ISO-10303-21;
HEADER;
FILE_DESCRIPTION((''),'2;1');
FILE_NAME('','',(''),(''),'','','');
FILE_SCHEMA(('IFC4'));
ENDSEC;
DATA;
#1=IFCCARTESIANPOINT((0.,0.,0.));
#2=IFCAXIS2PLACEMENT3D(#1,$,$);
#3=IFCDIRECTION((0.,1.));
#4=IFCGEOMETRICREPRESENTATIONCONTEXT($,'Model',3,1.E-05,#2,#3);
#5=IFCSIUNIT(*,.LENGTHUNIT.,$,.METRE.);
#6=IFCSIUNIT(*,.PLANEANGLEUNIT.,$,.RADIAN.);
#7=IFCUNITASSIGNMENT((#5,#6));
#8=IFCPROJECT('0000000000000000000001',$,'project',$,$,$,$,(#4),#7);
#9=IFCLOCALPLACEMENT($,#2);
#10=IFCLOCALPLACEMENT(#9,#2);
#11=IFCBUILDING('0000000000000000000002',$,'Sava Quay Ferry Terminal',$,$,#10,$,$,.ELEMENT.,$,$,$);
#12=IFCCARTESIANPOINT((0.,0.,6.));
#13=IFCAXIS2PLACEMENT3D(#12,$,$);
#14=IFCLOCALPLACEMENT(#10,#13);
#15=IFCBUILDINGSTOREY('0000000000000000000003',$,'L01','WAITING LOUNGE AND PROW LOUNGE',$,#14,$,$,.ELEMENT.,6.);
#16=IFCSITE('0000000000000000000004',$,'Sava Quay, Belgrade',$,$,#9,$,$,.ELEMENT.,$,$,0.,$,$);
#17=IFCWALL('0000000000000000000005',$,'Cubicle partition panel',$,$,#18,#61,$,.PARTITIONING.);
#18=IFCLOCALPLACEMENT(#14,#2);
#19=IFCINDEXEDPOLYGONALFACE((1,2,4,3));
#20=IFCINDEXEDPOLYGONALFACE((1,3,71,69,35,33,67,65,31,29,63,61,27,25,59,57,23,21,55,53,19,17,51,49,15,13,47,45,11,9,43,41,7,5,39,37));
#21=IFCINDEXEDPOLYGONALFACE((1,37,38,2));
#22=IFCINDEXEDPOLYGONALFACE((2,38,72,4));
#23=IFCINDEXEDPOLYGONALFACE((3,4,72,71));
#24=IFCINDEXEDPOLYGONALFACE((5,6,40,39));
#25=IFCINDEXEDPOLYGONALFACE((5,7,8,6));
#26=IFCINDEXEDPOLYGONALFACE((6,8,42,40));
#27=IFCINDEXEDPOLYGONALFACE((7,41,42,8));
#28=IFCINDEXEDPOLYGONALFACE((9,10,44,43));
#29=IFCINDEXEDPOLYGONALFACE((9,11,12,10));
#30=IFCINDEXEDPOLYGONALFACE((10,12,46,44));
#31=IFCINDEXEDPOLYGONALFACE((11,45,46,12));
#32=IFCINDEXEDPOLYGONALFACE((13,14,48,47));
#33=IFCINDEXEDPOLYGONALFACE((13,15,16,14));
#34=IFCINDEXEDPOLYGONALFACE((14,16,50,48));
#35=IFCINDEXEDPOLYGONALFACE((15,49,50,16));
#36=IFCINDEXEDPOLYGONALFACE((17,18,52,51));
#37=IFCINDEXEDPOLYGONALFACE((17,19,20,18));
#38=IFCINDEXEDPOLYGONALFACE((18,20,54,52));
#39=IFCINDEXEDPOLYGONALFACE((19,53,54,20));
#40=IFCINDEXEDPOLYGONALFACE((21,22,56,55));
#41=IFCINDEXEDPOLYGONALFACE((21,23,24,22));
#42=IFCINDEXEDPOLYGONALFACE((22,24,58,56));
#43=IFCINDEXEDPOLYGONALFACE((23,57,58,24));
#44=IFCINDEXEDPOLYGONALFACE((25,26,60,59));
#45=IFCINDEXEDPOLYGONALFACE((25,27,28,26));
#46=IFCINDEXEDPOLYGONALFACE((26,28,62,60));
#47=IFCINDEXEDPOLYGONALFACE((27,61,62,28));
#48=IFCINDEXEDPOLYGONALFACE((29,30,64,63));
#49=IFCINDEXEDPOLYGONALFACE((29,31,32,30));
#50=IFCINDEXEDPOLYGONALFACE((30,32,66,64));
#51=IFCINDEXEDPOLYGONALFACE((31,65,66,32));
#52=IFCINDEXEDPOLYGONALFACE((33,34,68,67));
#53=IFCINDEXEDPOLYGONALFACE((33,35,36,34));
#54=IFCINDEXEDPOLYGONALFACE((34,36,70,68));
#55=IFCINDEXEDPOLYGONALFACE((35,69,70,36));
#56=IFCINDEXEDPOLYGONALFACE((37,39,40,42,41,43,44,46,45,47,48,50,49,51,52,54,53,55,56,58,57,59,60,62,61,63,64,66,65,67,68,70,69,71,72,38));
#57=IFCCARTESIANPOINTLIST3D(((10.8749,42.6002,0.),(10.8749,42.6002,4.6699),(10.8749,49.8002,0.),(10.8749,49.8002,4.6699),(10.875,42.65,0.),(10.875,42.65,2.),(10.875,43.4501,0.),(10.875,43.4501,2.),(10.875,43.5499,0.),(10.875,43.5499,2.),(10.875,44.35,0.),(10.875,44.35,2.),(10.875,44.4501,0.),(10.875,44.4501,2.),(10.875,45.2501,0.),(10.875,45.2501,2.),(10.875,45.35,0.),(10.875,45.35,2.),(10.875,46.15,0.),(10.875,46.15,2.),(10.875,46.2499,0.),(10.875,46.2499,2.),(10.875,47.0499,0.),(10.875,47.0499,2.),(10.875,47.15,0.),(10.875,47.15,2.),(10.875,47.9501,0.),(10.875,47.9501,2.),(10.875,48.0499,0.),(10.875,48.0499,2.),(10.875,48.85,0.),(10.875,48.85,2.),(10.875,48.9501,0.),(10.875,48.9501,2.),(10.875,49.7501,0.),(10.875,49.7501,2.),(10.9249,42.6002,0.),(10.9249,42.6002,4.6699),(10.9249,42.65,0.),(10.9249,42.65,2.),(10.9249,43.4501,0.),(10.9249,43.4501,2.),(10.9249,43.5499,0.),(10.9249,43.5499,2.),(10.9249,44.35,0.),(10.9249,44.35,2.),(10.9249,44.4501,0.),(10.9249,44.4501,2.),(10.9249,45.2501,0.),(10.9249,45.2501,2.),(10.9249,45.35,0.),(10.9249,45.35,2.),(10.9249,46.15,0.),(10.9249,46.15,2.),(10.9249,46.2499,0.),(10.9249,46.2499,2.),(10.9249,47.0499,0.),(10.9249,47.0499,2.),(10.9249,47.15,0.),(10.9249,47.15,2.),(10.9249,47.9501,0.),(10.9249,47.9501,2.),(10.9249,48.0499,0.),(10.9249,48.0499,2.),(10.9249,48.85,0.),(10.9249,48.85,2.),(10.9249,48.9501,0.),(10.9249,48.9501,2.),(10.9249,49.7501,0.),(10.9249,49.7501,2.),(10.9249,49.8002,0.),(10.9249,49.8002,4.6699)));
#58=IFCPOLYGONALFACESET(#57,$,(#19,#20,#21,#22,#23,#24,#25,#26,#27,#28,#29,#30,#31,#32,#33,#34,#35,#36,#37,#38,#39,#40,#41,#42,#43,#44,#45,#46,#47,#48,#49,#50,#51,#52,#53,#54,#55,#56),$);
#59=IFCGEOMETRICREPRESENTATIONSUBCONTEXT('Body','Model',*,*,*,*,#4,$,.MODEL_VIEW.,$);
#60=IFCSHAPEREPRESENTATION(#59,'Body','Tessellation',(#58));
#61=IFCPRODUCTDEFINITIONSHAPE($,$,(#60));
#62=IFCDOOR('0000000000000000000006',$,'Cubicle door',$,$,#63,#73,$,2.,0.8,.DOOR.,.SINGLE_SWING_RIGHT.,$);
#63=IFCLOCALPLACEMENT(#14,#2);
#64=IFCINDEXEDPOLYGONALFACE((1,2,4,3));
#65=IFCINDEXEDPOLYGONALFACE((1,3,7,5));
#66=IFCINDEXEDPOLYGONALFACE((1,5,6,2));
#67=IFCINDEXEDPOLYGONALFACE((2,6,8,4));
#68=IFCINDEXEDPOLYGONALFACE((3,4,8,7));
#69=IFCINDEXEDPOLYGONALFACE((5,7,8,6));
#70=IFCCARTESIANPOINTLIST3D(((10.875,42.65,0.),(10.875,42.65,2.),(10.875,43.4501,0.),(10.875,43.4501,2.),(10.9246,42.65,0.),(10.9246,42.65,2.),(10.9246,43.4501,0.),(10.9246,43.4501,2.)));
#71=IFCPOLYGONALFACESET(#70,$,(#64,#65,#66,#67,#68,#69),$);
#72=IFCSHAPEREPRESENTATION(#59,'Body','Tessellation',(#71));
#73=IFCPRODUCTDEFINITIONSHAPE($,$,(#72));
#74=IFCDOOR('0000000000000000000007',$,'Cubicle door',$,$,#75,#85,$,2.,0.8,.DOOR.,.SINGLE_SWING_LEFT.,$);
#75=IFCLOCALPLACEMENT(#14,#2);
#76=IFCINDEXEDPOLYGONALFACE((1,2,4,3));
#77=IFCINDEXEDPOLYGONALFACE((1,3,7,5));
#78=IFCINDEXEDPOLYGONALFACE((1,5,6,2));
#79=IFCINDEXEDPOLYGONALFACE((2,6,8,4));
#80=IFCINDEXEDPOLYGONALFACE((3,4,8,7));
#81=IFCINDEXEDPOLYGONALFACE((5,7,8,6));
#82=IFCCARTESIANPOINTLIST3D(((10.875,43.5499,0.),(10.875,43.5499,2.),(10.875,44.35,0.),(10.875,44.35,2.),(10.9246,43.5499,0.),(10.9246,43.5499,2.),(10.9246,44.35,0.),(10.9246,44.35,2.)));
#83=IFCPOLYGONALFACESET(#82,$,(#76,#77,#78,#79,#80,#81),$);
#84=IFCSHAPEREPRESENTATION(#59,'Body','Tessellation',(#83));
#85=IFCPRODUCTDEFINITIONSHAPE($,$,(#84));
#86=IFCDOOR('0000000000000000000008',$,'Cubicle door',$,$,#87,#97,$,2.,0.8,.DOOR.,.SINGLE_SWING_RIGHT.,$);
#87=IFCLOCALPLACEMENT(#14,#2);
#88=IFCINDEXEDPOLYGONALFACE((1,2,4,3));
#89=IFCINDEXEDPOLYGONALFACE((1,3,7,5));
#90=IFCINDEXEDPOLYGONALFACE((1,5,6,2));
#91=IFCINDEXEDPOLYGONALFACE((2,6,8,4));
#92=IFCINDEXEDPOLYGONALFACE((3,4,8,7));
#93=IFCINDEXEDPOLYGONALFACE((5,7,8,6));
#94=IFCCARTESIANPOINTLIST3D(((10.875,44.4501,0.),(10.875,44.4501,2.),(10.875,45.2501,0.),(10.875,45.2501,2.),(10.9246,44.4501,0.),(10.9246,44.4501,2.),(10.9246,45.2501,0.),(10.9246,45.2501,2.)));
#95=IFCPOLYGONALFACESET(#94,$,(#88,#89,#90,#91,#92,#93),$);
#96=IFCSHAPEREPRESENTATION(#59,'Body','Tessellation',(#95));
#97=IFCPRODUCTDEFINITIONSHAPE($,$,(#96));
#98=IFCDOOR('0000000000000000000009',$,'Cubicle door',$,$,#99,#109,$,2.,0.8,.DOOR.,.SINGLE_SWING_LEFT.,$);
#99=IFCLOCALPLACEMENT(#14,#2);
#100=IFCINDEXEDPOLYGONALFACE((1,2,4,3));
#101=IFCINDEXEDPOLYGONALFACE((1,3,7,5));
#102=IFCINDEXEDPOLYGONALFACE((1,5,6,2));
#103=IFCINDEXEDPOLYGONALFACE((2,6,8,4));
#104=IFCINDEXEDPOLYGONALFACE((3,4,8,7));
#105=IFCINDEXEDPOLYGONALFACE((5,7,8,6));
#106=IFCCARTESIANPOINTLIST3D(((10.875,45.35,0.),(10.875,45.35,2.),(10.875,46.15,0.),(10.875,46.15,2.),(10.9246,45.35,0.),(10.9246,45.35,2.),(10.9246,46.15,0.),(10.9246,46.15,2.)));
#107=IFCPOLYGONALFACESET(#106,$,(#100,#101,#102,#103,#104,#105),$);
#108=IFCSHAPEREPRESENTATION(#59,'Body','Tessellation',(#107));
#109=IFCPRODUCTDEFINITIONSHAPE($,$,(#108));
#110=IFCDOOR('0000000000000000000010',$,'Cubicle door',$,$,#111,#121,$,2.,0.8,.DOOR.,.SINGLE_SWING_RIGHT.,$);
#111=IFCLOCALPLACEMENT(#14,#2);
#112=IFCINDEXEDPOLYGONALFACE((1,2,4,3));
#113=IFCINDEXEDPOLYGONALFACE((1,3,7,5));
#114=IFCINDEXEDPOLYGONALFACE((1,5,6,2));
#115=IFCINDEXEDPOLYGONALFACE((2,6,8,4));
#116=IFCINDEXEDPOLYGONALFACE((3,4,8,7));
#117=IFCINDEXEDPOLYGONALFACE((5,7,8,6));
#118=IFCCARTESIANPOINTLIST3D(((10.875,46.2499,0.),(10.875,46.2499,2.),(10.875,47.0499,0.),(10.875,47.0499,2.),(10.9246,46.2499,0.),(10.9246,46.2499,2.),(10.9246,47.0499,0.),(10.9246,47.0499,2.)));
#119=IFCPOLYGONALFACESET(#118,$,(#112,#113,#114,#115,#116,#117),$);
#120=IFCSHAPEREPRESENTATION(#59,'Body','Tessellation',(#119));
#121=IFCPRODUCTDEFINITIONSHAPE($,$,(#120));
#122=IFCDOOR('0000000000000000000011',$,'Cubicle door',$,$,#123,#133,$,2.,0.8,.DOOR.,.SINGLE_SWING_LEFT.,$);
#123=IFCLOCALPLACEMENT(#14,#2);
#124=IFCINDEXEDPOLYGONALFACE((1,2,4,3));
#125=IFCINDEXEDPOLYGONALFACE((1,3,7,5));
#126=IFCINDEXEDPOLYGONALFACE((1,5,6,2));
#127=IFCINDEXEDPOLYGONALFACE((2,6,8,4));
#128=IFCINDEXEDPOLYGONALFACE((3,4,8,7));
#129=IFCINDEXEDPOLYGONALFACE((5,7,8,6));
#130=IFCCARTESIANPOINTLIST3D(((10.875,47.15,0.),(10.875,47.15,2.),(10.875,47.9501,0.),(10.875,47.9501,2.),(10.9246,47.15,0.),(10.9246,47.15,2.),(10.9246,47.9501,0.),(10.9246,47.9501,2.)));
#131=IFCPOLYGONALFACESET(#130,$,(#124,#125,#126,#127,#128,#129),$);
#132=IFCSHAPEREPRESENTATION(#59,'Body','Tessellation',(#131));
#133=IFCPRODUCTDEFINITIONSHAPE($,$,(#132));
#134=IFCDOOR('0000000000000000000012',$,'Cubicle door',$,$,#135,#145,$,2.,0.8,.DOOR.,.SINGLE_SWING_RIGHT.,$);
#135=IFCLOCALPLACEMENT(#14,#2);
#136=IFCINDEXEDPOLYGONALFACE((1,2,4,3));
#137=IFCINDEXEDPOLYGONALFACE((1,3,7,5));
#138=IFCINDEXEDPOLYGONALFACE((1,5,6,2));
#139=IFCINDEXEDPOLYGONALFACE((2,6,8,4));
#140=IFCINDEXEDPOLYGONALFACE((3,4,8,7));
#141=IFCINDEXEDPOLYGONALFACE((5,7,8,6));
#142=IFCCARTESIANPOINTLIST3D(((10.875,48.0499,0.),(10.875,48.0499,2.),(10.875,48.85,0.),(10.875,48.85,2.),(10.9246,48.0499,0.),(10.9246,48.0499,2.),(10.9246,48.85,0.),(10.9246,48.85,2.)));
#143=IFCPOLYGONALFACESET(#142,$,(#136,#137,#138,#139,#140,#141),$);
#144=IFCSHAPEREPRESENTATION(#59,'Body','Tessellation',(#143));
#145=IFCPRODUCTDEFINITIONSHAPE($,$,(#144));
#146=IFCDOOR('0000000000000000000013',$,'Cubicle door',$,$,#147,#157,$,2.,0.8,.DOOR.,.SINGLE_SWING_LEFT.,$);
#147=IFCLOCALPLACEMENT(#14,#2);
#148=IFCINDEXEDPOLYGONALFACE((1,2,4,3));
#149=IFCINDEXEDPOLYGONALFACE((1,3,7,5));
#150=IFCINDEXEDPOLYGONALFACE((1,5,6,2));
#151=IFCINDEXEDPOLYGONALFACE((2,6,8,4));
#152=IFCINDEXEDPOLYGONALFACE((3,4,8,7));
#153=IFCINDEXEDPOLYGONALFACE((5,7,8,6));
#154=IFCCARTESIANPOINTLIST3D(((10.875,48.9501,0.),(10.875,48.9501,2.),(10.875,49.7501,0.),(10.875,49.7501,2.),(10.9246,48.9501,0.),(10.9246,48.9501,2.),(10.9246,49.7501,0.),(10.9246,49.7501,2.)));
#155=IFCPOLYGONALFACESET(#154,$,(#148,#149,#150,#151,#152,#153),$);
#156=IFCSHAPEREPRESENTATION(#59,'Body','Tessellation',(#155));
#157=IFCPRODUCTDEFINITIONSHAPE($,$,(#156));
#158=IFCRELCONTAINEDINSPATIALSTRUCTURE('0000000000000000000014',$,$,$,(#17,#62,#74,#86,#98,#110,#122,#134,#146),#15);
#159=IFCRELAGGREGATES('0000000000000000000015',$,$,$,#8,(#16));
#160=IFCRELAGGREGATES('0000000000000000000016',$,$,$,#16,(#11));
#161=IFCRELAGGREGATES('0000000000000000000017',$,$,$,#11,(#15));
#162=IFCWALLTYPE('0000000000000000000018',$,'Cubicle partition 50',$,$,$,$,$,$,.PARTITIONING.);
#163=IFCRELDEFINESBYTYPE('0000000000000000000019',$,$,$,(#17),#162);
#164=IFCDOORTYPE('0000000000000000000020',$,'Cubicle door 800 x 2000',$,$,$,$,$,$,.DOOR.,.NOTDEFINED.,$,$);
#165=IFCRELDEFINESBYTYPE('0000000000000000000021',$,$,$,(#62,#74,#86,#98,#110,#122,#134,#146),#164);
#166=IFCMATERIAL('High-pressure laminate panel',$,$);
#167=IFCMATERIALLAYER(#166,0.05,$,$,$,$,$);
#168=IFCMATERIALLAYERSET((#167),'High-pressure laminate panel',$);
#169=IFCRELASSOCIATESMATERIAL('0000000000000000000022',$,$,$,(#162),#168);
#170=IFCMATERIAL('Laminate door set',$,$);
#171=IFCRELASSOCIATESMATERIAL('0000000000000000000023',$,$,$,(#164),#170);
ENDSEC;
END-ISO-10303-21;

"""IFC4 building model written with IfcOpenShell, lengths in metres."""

from ifc_helpers import new_model, si_unit, direction, frame, frame_2d, origin, place, context, subcontext, project, spatial, rectangle, extrude, material, layer, layer_set, type_object, element, fill, save


model = new_model("IFC4")

# Units and contexts
model_context = context("Model", 3, precision=1e-05, world=origin(), true_north=direction((0.0, 1.0)))
body_context = subcontext(model_context, "Body", "Model", "MODEL_VIEW")
ifc_project = project(units=[si_unit("LENGTHUNIT", "METRE"), si_unit("PLANEANGLEUNIT", "RADIAN")], contexts=[model_context])

# Site, building, storey
site_placement = place(None, origin())
site = spatial("IfcSite", under=ifc_project, at=site_placement, Name="Sava Quay, Belgrade", CompositionType="ELEMENT", RefElevation=0.0)
building_placement = place(site_placement, origin())
building = spatial("IfcBuilding", under=site, at=building_placement, Name="Sava Quay Ferry Terminal", CompositionType="ELEMENT")
storey_placement = place(building_placement, frame((0.0, 0.0, 6.0)))
storey = spatial("IfcBuildingStorey", under=building, at=storey_placement, Name="L01", Description="WAITING LOUNGE AND PROW LOUNGE", CompositionType="ELEMENT", Elevation=6.0)

# Wall, openings, doors
ifc_material_1 = material(Name="High-pressure laminate panel")
ifc_layer_1 = layer(ifc_material_1, 0.05)
ifc_layer_set_1 = layer_set([ifc_layer_1], Name="High-pressure laminate panel")
wall_type_1 = type_object("IfcWallType", Name="Cubicle partition 50", PredefinedType="PARTITIONING", material=ifc_layer_set_1)
wall_1_placement = place(storey_placement, frame((10.8999, 42.6001, 0.0), z_axis=(0.0, 0.0, 1.0), x_axis=(0.0, 1.0, 0.0)))
wall_1 = element("IfcWall", 1, at=wall_1_placement, inside=storey, type_object=wall_type_1, Name="Cubicle partition panel", PredefinedType="PARTITIONING", context=body_context, shape_type="SweptSolid", body=[
    extrude(rectangle(XDim=7.2, YDim=0.05, at=frame_2d((3.6001, 0.0))), origin(), (0.0, 0.0, 1.0), 4.6699),
])
opening_1_placement = place(wall_1_placement, frame((0.05, 0.0, 0.0)))
opening_1 = element("IfcOpeningElement", 2, at=opening_1_placement, cuts=wall_1, PredefinedType="OPENING", context=body_context, shape_type="SweptSolid", body=[
    extrude(rectangle(XDim=0.8, YDim=2.0, at=frame_2d((0.3999, 1.0))), frame((0.0, 0.0249, 0.0), z_axis=(0.0, -1.0, 0.0), x_axis=(1.0, 0.0, 0.0)), (0.0, 0.0, 1.0), 0.05),
])
opening_2_placement = place(wall_1_placement, frame((0.95, 0.0, 0.0)))
opening_2 = element("IfcOpeningElement", 3, at=opening_2_placement, cuts=wall_1, PredefinedType="OPENING", context=body_context, shape_type="SweptSolid", body=[
    extrude(rectangle(XDim=0.8, YDim=2.0, at=frame_2d((0.3999, 1.0))), frame((0.0, 0.0249, 0.0), z_axis=(0.0, -1.0, 0.0), x_axis=(1.0, 0.0, 0.0)), (0.0, 0.0, 1.0), 0.05),
])
opening_3_placement = place(wall_1_placement, frame((1.8501, 0.0, 0.0)))
opening_3 = element("IfcOpeningElement", 4, at=opening_3_placement, cuts=wall_1, PredefinedType="OPENING", context=body_context, shape_type="SweptSolid", body=[
    extrude(rectangle(XDim=0.8, YDim=2.0, at=frame_2d((0.3999, 1.0))), frame((0.0, 0.0249, 0.0), z_axis=(0.0, -1.0, 0.0), x_axis=(1.0, 0.0, 0.0)), (0.0, 0.0, 1.0), 0.05),
])
opening_4_placement = place(wall_1_placement, frame((2.75, 0.0, 0.0)))
opening_4 = element("IfcOpeningElement", 5, at=opening_4_placement, cuts=wall_1, PredefinedType="OPENING", context=body_context, shape_type="SweptSolid", body=[
    extrude(rectangle(XDim=0.8, YDim=2.0, at=frame_2d((0.3999, 1.0))), frame((0.0, 0.0249, 0.0), z_axis=(0.0, -1.0, 0.0), x_axis=(1.0, 0.0, 0.0)), (0.0, 0.0, 1.0), 0.05),
])
opening_5_placement = place(wall_1_placement, frame((3.6499, 0.0, 0.0)))
opening_5 = element("IfcOpeningElement", 6, at=opening_5_placement, cuts=wall_1, PredefinedType="OPENING", context=body_context, shape_type="SweptSolid", body=[
    extrude(rectangle(XDim=0.8, YDim=2.0, at=frame_2d((0.3999, 1.0))), frame((0.0, 0.0249, 0.0), z_axis=(0.0, -1.0, 0.0), x_axis=(1.0, 0.0, 0.0)), (0.0, 0.0, 1.0), 0.05),
])
opening_6_placement = place(wall_1_placement, frame((4.55, 0.0, 0.0)))
opening_6 = element("IfcOpeningElement", 7, at=opening_6_placement, cuts=wall_1, PredefinedType="OPENING", context=body_context, shape_type="SweptSolid", body=[
    extrude(rectangle(XDim=0.8, YDim=2.0, at=frame_2d((0.3999, 1.0))), frame((0.0, 0.0249, 0.0), z_axis=(0.0, -1.0, 0.0), x_axis=(1.0, 0.0, 0.0)), (0.0, 0.0, 1.0), 0.05),
])
opening_7_placement = place(wall_1_placement, frame((5.45, 0.0, 0.0)))
opening_7 = element("IfcOpeningElement", 8, at=opening_7_placement, cuts=wall_1, PredefinedType="OPENING", context=body_context, shape_type="SweptSolid", body=[
    extrude(rectangle(XDim=0.8, YDim=2.0, at=frame_2d((0.3999, 1.0))), frame((0.0, 0.0249, 0.0), z_axis=(0.0, -1.0, 0.0), x_axis=(1.0, 0.0, 0.0)), (0.0, 0.0, 1.0), 0.05),
])
opening_8_placement = place(wall_1_placement, frame((6.3501, 0.0, 0.0)))
opening_8 = element("IfcOpeningElement", 9, at=opening_8_placement, cuts=wall_1, PredefinedType="OPENING", context=body_context, shape_type="SweptSolid", body=[
    extrude(rectangle(XDim=0.8, YDim=2.0, at=frame_2d((0.3999, 1.0))), frame((0.0, 0.0249, 0.0), z_axis=(0.0, -1.0, 0.0), x_axis=(1.0, 0.0, 0.0)), (0.0, 0.0, 1.0), 0.05),
])
ifc_material_2 = material(Name="Laminate door set")
door_type_1 = type_object("IfcDoorType", Name="Cubicle door 800 x 2000", OperationType="NOTDEFINED", PredefinedType="DOOR", material=ifc_material_2)
door_1_placement = place(opening_1_placement, origin())
door_1 = element("IfcDoor", 10, at=door_1_placement, inside=storey, type_object=door_type_1, Name="Cubicle door", OperationType="SINGLE_SWING_RIGHT", OverallHeight=2.0, OverallWidth=0.8, PredefinedType="DOOR", context=body_context, shape_type="SweptSolid", body=[
    extrude(rectangle(XDim=0.8, YDim=2.0, at=frame_2d((0.3999, 1.0))), frame((0.0, 0.0249, 0.0), z_axis=(0.0, -1.0, 0.0), x_axis=(1.0, 0.0, 0.0)), (0.0, 0.0, 1.0), 0.0496),
])
fill(opening_1, door_1)
door_2_placement = place(opening_2_placement, origin())
door_2 = element("IfcDoor", 11, at=door_2_placement, inside=storey, type_object=door_type_1, Name="Cubicle door", OperationType="SINGLE_SWING_LEFT", OverallHeight=2.0, OverallWidth=0.8, PredefinedType="DOOR", context=body_context, shape_type="SweptSolid", body=[
    extrude(rectangle(XDim=0.8, YDim=2.0, at=frame_2d((0.3999, 1.0))), frame((0.0, 0.0249, 0.0), z_axis=(0.0, -1.0, 0.0), x_axis=(1.0, 0.0, 0.0)), (0.0, 0.0, 1.0), 0.0496),
])
fill(opening_2, door_2)
door_3_placement = place(opening_3_placement, origin())
door_3 = element("IfcDoor", 12, at=door_3_placement, inside=storey, type_object=door_type_1, Name="Cubicle door", OperationType="SINGLE_SWING_RIGHT", OverallHeight=2.0, OverallWidth=0.8, PredefinedType="DOOR", context=body_context, shape_type="SweptSolid", body=[
    extrude(rectangle(XDim=0.8, YDim=2.0, at=frame_2d((0.3999, 1.0))), frame((0.0, 0.0249, 0.0), z_axis=(0.0, -1.0, 0.0), x_axis=(1.0, 0.0, 0.0)), (0.0, 0.0, 1.0), 0.0496),
])
fill(opening_3, door_3)
door_4_placement = place(opening_4_placement, origin())
door_4 = element("IfcDoor", 13, at=door_4_placement, inside=storey, type_object=door_type_1, Name="Cubicle door", OperationType="SINGLE_SWING_LEFT", OverallHeight=2.0, OverallWidth=0.8, PredefinedType="DOOR", context=body_context, shape_type="SweptSolid", body=[
    extrude(rectangle(XDim=0.8, YDim=2.0, at=frame_2d((0.3999, 1.0))), frame((0.0, 0.0249, 0.0), z_axis=(0.0, -1.0, 0.0), x_axis=(1.0, 0.0, 0.0)), (0.0, 0.0, 1.0), 0.0496),
])
fill(opening_4, door_4)
door_5_placement = place(opening_5_placement, origin())
door_5 = element("IfcDoor", 14, at=door_5_placement, inside=storey, type_object=door_type_1, Name="Cubicle door", OperationType="SINGLE_SWING_RIGHT", OverallHeight=2.0, OverallWidth=0.8, PredefinedType="DOOR", context=body_context, shape_type="SweptSolid", body=[
    extrude(rectangle(XDim=0.8, YDim=2.0, at=frame_2d((0.3999, 1.0))), frame((0.0, 0.0249, 0.0), z_axis=(0.0, -1.0, 0.0), x_axis=(1.0, 0.0, 0.0)), (0.0, 0.0, 1.0), 0.0496),
])
fill(opening_5, door_5)
door_6_placement = place(opening_6_placement, origin())
door_6 = element("IfcDoor", 15, at=door_6_placement, inside=storey, type_object=door_type_1, Name="Cubicle door", OperationType="SINGLE_SWING_LEFT", OverallHeight=2.0, OverallWidth=0.8, PredefinedType="DOOR", context=body_context, shape_type="SweptSolid", body=[
    extrude(rectangle(XDim=0.8, YDim=2.0, at=frame_2d((0.3999, 1.0))), frame((0.0, 0.0249, 0.0), z_axis=(0.0, -1.0, 0.0), x_axis=(1.0, 0.0, 0.0)), (0.0, 0.0, 1.0), 0.0496),
])
fill(opening_6, door_6)
door_7_placement = place(opening_7_placement, origin())
door_7 = element("IfcDoor", 16, at=door_7_placement, inside=storey, type_object=door_type_1, Name="Cubicle door", OperationType="SINGLE_SWING_RIGHT", OverallHeight=2.0, OverallWidth=0.8, PredefinedType="DOOR", context=body_context, shape_type="SweptSolid", body=[
    extrude(rectangle(XDim=0.8, YDim=2.0, at=frame_2d((0.3999, 1.0))), frame((0.0, 0.0249, 0.0), z_axis=(0.0, -1.0, 0.0), x_axis=(1.0, 0.0, 0.0)), (0.0, 0.0, 1.0), 0.0496),
])
fill(opening_7, door_7)
door_8_placement = place(opening_8_placement, origin())
door_8 = element("IfcDoor", 17, at=door_8_placement, inside=storey, type_object=door_type_1, Name="Cubicle door", OperationType="SINGLE_SWING_LEFT", OverallHeight=2.0, OverallWidth=0.8, PredefinedType="DOOR", context=body_context, shape_type="SweptSolid", body=[
    extrude(rectangle(XDim=0.8, YDim=2.0, at=frame_2d((0.3999, 1.0))), frame((0.0, 0.0249, 0.0), z_axis=(0.0, -1.0, 0.0), x_axis=(1.0, 0.0, 0.0)), (0.0, 0.0, 1.0), 0.0496),
])
fill(opening_8, door_8)

save(model, "model.ifc")
